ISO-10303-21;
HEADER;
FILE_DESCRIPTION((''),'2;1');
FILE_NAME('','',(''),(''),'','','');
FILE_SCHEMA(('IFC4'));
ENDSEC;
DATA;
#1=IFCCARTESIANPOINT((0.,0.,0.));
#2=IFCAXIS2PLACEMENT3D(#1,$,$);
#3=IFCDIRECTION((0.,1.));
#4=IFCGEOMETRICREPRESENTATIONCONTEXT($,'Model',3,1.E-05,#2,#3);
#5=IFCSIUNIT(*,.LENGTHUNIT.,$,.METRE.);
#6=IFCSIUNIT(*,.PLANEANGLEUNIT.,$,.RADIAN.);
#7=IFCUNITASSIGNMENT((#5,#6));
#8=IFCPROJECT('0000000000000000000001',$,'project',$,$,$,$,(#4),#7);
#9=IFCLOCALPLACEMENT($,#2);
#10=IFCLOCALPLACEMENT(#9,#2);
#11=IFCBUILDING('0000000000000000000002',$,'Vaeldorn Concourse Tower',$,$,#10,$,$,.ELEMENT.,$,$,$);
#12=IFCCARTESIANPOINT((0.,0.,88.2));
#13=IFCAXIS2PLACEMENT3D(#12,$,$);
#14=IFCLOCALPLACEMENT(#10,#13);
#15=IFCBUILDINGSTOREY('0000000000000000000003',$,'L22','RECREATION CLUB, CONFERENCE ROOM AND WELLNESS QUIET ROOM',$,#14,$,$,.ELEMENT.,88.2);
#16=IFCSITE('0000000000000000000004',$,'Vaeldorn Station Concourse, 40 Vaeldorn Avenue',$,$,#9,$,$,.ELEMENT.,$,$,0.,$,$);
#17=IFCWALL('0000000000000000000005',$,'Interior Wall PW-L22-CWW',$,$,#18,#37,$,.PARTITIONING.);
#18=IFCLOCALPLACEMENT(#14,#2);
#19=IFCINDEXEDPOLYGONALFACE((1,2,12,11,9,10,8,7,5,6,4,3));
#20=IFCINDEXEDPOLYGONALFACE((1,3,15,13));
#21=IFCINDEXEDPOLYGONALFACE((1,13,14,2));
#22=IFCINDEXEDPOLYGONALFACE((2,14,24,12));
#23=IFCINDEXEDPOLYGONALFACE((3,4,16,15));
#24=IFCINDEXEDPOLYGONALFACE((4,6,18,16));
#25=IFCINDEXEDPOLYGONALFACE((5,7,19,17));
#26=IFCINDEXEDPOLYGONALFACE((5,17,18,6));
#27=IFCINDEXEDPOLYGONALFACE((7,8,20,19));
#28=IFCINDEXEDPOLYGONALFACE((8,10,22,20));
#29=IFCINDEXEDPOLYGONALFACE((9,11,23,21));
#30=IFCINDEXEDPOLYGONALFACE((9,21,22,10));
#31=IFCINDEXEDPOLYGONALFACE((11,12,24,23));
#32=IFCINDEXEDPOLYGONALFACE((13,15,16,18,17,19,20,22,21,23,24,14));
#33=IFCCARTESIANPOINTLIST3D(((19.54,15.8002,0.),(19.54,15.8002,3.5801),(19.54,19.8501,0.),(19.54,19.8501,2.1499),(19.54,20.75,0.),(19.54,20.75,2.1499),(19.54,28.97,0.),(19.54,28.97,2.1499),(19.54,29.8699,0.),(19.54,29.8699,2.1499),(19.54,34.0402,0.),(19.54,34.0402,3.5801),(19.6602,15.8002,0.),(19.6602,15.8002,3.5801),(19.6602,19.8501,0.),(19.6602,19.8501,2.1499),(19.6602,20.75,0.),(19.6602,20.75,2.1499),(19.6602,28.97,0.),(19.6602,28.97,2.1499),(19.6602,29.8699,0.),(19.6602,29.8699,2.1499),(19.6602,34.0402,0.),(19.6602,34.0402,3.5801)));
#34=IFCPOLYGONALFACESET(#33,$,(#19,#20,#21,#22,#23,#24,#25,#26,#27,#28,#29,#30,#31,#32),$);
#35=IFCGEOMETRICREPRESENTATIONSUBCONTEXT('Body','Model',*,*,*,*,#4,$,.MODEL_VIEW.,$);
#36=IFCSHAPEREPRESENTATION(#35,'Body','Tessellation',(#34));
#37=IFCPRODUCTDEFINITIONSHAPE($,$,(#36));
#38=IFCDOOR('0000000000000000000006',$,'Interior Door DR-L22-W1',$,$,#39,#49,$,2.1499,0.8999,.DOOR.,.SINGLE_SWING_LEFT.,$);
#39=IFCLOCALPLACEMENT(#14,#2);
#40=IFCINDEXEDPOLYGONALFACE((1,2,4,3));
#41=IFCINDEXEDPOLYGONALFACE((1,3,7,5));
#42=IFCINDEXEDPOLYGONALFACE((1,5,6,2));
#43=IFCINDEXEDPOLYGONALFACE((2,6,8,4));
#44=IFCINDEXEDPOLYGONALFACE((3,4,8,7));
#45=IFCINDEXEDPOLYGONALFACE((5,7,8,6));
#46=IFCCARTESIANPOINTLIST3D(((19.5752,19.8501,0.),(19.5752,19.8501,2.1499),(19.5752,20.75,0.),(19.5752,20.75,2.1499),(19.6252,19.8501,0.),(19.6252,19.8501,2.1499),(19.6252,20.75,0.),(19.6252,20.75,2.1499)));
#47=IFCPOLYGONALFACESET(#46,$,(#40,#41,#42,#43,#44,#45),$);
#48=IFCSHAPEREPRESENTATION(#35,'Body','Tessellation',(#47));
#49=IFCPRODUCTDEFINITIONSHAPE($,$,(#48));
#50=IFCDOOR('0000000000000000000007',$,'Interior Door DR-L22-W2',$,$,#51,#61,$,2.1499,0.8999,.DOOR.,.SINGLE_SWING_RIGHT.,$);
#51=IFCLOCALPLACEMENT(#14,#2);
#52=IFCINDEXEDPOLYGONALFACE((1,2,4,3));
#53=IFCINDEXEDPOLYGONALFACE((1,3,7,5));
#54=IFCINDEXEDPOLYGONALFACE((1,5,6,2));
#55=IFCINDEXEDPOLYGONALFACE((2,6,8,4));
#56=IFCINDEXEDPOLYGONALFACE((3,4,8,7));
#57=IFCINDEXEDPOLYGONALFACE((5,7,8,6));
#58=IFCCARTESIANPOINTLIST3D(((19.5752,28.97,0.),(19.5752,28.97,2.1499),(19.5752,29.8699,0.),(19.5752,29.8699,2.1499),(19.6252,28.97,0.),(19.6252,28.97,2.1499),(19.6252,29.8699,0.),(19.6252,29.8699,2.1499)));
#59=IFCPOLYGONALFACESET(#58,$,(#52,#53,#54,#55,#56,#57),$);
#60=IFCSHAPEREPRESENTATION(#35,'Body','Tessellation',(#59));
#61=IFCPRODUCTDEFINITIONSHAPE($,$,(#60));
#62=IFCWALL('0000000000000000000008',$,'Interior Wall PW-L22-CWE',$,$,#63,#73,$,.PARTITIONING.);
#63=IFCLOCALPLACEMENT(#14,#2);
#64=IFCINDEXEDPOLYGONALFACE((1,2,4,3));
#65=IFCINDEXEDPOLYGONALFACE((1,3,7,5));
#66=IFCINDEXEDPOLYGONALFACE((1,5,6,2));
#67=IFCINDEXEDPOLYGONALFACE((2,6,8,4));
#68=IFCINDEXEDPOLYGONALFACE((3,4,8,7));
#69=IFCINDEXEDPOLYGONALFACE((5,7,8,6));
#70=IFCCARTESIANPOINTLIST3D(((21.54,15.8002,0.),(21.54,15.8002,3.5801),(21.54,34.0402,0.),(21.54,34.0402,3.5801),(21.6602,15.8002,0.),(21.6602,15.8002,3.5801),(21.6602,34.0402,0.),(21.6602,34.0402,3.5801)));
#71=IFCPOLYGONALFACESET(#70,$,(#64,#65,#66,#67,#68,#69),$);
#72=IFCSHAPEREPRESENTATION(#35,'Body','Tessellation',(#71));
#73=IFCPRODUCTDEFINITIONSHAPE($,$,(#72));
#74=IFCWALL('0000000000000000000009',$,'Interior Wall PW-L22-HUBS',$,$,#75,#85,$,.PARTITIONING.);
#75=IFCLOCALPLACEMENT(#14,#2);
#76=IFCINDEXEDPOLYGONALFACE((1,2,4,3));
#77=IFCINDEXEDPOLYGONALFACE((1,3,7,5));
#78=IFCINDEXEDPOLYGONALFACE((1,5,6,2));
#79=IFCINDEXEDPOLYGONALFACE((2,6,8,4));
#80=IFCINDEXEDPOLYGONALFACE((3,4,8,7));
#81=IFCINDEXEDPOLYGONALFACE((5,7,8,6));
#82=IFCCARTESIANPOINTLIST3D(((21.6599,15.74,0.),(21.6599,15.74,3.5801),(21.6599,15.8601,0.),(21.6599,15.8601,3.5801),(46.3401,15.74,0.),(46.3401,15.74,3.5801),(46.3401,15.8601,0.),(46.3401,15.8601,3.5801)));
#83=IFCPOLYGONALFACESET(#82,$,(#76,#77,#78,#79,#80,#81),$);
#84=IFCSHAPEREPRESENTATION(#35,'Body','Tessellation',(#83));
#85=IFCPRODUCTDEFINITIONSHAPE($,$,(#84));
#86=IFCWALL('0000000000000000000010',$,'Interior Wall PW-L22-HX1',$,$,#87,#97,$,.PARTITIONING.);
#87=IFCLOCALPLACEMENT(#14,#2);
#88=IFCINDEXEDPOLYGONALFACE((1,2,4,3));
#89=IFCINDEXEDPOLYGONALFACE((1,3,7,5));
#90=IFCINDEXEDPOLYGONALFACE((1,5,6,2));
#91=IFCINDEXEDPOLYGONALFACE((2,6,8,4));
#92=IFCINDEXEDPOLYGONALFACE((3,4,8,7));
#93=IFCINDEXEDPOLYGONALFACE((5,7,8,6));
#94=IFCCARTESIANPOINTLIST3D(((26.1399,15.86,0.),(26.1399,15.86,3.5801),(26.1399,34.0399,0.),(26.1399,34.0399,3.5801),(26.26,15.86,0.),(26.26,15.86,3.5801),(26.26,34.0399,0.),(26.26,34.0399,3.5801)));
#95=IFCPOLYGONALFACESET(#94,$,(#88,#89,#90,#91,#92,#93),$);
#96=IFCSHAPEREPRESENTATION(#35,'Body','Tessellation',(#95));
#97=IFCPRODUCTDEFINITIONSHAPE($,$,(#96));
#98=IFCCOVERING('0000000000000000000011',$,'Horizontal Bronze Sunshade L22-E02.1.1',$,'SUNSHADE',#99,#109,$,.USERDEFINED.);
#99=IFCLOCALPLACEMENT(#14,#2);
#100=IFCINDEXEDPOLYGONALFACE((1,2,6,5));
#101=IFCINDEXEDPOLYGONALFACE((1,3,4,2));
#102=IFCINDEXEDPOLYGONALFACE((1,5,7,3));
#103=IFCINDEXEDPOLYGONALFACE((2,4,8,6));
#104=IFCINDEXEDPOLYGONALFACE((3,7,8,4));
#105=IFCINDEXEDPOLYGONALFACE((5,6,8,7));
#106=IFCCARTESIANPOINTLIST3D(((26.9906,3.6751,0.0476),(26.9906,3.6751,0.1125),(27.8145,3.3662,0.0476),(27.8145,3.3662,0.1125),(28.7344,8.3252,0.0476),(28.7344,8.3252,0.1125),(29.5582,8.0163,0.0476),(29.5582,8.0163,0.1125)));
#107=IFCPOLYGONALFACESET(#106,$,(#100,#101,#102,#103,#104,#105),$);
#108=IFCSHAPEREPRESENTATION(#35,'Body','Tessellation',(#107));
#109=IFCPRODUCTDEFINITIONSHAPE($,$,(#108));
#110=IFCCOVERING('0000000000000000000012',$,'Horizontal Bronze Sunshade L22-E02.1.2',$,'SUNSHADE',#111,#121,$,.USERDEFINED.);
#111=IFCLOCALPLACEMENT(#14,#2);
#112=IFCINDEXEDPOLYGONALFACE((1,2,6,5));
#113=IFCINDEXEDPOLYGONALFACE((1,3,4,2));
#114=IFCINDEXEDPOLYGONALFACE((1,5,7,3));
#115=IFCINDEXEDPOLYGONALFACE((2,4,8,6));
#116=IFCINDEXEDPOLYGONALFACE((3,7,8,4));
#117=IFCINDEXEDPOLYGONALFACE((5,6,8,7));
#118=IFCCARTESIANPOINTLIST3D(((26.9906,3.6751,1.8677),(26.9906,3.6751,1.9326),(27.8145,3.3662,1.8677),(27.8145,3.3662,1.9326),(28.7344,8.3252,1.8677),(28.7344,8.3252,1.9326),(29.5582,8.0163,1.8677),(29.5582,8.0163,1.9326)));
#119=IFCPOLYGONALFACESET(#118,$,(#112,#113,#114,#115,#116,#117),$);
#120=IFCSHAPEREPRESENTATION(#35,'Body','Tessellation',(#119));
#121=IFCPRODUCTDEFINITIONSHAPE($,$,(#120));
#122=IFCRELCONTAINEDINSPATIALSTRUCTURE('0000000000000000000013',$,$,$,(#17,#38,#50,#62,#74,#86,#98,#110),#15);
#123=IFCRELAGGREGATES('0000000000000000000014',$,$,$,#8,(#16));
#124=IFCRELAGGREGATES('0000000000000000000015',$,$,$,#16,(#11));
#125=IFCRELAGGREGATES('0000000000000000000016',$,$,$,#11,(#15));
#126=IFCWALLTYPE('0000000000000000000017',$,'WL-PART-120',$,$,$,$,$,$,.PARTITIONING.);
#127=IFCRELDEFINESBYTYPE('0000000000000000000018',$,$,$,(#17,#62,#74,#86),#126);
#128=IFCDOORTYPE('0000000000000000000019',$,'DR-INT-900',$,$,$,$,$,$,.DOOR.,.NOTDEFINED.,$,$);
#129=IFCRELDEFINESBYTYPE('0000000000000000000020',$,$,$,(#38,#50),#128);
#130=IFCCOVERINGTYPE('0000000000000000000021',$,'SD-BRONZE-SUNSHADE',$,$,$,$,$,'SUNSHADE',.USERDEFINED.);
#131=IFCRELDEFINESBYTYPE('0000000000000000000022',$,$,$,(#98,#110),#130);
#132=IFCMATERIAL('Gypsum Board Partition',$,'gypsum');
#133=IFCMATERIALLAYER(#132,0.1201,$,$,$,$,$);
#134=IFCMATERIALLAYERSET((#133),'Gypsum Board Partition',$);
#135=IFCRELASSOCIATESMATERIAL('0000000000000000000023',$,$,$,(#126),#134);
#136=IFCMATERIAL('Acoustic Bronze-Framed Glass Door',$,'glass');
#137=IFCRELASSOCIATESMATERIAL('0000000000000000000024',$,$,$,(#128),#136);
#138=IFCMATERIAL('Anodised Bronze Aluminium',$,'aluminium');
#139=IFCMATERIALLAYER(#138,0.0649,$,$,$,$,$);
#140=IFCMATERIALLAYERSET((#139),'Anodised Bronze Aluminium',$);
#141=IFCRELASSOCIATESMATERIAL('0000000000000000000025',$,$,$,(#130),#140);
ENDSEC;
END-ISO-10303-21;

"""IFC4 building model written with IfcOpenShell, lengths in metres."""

from ifc_helpers import new_model, si_unit, direction, frame, frame_2d, origin, origin_2d, place, context, subcontext, project, spatial, rectangle, extrude, source, transform, mapped, material, layer, layer_set, type_object, element, fill, save


model = new_model("IFC4")

# Units and contexts
model_context = context("Model", 3, precision=1e-05, world=origin(), true_north=direction((0.0, 1.0)))
body_context = subcontext(model_context, "Body", "Model", "MODEL_VIEW")
ifc_project = project(units=[si_unit("LENGTHUNIT", "METRE"), si_unit("PLANEANGLEUNIT", "RADIAN")], contexts=[model_context])

# Site, building, storey
site_placement = place(None, origin())
site = spatial("IfcSite", under=ifc_project, at=site_placement, Name="Vaeldorn Station Concourse, 40 Vaeldorn Avenue", CompositionType="ELEMENT", RefElevation=0.0)
building_placement = place(site_placement, origin())
building = spatial("IfcBuilding", under=site, at=building_placement, Name="Vaeldorn Concourse Tower", CompositionType="ELEMENT")
storey_placement = place(building_placement, frame((0.0, 0.0, 88.2)))
storey = spatial("IfcBuildingStorey", under=building, at=storey_placement, Name="L22", Description="RECREATION CLUB, CONFERENCE ROOM AND WELLNESS QUIET ROOM", CompositionType="ELEMENT", Elevation=88.2)

# Shared definitions
ifc_material_1 = material(Name="Anodised Bronze Aluminium", Category="aluminium")

# Wall, openings, doors
ifc_material_2 = material(Name="Gypsum Board Partition", Category="gypsum")
ifc_layer_1 = layer(ifc_material_2, 0.1201)
ifc_layer_set_1 = layer_set([ifc_layer_1], Name="Gypsum Board Partition")
wall_type = type_object("IfcWallType", Name="WL-PART-120", PredefinedType="PARTITIONING", material=ifc_layer_set_1)
wall_1_placement = place(storey_placement, frame((19.6001, 15.8, 0.0), z_axis=(0.0, 0.0, 1.0), x_axis=(0.0, 1.0, 0.0)))
wall_1 = element("IfcWall", 1, at=wall_1_placement, inside=storey, type_object=wall_type, Name="Interior Wall PW-L22-CWW", PredefinedType="PARTITIONING", context=body_context, shape_type="SweptSolid", body=[
    extrude(rectangle(XDim=18.24, YDim=0.1201, at=frame_2d((9.1201, 0.0))), origin(), (0.0, 0.0, 1.0), 3.5801),
])
opening_1_placement = place(wall_1_placement, frame((4.05, 0.0, 0.0)))
opening_1 = element("IfcOpeningElement", 2, at=opening_1_placement, cuts=wall_1, PredefinedType="OPENING", context=body_context, shape_type="SweptSolid", body=[
    extrude(rectangle(XDim=0.8999, YDim=2.1499, at=frame_2d((0.45, 1.075))), frame((0.0, 0.0701, 0.0), z_axis=(0.0, -1.0, 0.0), x_axis=(1.0, 0.0, 0.0)), (0.0, 0.0, 1.0), 0.1401),
])
opening_2_placement = place(wall_1_placement, frame((13.1699, 0.0, 0.0)))
opening_2 = element("IfcOpeningElement", 3, at=opening_2_placement, cuts=wall_1, PredefinedType="OPENING", context=body_context, shape_type="SweptSolid", body=[
    extrude(rectangle(XDim=0.8999, YDim=2.1499, at=frame_2d((0.45, 1.075))), frame((0.0, 0.0701, 0.0), z_axis=(0.0, -1.0, 0.0), x_axis=(1.0, 0.0, 0.0)), (0.0, 0.0, 1.0), 0.1401),
])
ifc_material_3 = material(Name="Acoustic Bronze-Framed Glass Door", Category="glass")
door_type = type_object("IfcDoorType", Name="DR-INT-900", OperationType="NOTDEFINED", PredefinedType="DOOR", material=ifc_material_3)
shared_shape_1 = source(origin(), body_context, "Body", "SweptSolid", [
    extrude(rectangle(XDim=0.8999, YDim=2.1499, at=frame_2d((0.45, 1.075))), frame((0.0, 0.0249, 0.0), z_axis=(0.0, -1.0, 0.0), x_axis=(1.0, 0.0, 0.0)), (0.0, 0.0, 1.0), 0.05),
])
door_1_placement = place(opening_1_placement, origin())
door_1 = element("IfcDoor", 4, at=door_1_placement, inside=storey, type_object=door_type, Name="Interior Door DR-L22-W1", OperationType="SINGLE_SWING_LEFT", OverallHeight=2.1499, OverallWidth=0.8999, PredefinedType="DOOR", context=body_context, shape_type="MappedRepresentation", body=[
    mapped(shared_shape_1, transform((0.0, 0.0, 0.0), scale=1.0)),
])
fill(opening_1, door_1)
door_2_placement = place(opening_2_placement, origin())
door_2 = element("IfcDoor", 5, at=door_2_placement, inside=storey, type_object=door_type, Name="Interior Door DR-L22-W2", OperationType="SINGLE_SWING_RIGHT", OverallHeight=2.1499, OverallWidth=0.8999, PredefinedType="DOOR", context=body_context, shape_type="MappedRepresentation", body=[
    mapped(shared_shape_1, transform((0.0, 0.0, 0.0), scale=1.0)),
])
fill(opening_2, door_2)

# Wall
wall_2_placement = place(storey_placement, frame((21.6001, 15.8, 0.0), z_axis=(0.0, 0.0, 1.0), x_axis=(0.0, 1.0, 0.0)))
element("IfcWall", 6, at=wall_2_placement, inside=storey, type_object=wall_type, Name="Interior Wall PW-L22-CWE", PredefinedType="PARTITIONING", context=body_context, shape_type="SweptSolid", body=[
    extrude(rectangle(XDim=18.24, YDim=0.1201, at=frame_2d((9.1201, 0.0))), origin(), (0.0, 0.0, 1.0), 3.5801),
])

# Walls
wall_3_placement = place(storey_placement, frame((21.6599, 15.8, 0.0), z_axis=(0.0, 0.0, 1.0), x_axis=(1.0, 0.0, 0.0)))
element("IfcWall", 7, at=wall_3_placement, inside=storey, type_object=wall_type, Name="Interior Wall PW-L22-HUBS", PredefinedType="PARTITIONING", context=body_context, shape_type="SweptSolid", body=[
    extrude(rectangle(XDim=24.6802, YDim=0.1201, at=frame_2d((12.3401, 0.0))), origin(), (0.0, 0.0, 1.0), 3.5801),
])
wall_4_placement = place(storey_placement, frame((26.2, 15.8601, 0.0), z_axis=(0.0, 0.0, 1.0), x_axis=(0.0, 1.0, 0.0)))
element("IfcWall", 8, at=wall_4_placement, inside=storey, type_object=wall_type, Name="Interior Wall PW-L22-HX1", PredefinedType="PARTITIONING", context=body_context, shape_type="SweptSolid", body=[
    extrude(rectangle(XDim=18.1799, YDim=0.1201, at=frame_2d((9.0898, 0.0))), origin(), (0.0, 0.0, 1.0), 3.5801),
])

# Coverings
ifc_layer_2 = layer(ifc_material_1, 0.0649)
ifc_layer_set_2 = layer_set([ifc_layer_2], Name="Anodised Bronze Aluminium")
covering_type = type_object("IfcCoveringType", Name="SD-BRONZE-SUNSHADE", ElementType="SUNSHADE", PredefinedType="USERDEFINED", material=ifc_layer_set_2)
shared_shape_2 = source(origin(), body_context, "Body", "SweptSolid", [
    extrude(rectangle(XDim=4.9663, YDim=0.8799, at=origin_2d()), origin(), (0.0, 0.0, 1.0), 0.0649),
])
for number, where, z_axis, x_axis, name in (
    (9, (28.2744, 5.8457, 0.0476), (0.0, 0.0, 1.0), (0.351123, 0.936329, 0.0), "Horizontal Bronze Sunshade L22-E02.1.1"),
    (10, (28.2744, 5.8457, 1.8677), (0.0, 0.0, 1.0), (0.351123, 0.936329, 0.0), "Horizontal Bronze Sunshade L22-E02.1.2"),
):
    element("IfcCovering", number, at=place(storey_placement, frame(where, z_axis=z_axis, x_axis=x_axis)), inside=storey, type_object=covering_type, Name=name, ObjectType="SUNSHADE", PredefinedType="USERDEFINED", context=body_context, shape_type="MappedRepresentation", body=[
        mapped(shared_shape_2, transform((0.0, 0.0, 0.0), scale=1.0)),
    ])

save(model, "model.ifc")
